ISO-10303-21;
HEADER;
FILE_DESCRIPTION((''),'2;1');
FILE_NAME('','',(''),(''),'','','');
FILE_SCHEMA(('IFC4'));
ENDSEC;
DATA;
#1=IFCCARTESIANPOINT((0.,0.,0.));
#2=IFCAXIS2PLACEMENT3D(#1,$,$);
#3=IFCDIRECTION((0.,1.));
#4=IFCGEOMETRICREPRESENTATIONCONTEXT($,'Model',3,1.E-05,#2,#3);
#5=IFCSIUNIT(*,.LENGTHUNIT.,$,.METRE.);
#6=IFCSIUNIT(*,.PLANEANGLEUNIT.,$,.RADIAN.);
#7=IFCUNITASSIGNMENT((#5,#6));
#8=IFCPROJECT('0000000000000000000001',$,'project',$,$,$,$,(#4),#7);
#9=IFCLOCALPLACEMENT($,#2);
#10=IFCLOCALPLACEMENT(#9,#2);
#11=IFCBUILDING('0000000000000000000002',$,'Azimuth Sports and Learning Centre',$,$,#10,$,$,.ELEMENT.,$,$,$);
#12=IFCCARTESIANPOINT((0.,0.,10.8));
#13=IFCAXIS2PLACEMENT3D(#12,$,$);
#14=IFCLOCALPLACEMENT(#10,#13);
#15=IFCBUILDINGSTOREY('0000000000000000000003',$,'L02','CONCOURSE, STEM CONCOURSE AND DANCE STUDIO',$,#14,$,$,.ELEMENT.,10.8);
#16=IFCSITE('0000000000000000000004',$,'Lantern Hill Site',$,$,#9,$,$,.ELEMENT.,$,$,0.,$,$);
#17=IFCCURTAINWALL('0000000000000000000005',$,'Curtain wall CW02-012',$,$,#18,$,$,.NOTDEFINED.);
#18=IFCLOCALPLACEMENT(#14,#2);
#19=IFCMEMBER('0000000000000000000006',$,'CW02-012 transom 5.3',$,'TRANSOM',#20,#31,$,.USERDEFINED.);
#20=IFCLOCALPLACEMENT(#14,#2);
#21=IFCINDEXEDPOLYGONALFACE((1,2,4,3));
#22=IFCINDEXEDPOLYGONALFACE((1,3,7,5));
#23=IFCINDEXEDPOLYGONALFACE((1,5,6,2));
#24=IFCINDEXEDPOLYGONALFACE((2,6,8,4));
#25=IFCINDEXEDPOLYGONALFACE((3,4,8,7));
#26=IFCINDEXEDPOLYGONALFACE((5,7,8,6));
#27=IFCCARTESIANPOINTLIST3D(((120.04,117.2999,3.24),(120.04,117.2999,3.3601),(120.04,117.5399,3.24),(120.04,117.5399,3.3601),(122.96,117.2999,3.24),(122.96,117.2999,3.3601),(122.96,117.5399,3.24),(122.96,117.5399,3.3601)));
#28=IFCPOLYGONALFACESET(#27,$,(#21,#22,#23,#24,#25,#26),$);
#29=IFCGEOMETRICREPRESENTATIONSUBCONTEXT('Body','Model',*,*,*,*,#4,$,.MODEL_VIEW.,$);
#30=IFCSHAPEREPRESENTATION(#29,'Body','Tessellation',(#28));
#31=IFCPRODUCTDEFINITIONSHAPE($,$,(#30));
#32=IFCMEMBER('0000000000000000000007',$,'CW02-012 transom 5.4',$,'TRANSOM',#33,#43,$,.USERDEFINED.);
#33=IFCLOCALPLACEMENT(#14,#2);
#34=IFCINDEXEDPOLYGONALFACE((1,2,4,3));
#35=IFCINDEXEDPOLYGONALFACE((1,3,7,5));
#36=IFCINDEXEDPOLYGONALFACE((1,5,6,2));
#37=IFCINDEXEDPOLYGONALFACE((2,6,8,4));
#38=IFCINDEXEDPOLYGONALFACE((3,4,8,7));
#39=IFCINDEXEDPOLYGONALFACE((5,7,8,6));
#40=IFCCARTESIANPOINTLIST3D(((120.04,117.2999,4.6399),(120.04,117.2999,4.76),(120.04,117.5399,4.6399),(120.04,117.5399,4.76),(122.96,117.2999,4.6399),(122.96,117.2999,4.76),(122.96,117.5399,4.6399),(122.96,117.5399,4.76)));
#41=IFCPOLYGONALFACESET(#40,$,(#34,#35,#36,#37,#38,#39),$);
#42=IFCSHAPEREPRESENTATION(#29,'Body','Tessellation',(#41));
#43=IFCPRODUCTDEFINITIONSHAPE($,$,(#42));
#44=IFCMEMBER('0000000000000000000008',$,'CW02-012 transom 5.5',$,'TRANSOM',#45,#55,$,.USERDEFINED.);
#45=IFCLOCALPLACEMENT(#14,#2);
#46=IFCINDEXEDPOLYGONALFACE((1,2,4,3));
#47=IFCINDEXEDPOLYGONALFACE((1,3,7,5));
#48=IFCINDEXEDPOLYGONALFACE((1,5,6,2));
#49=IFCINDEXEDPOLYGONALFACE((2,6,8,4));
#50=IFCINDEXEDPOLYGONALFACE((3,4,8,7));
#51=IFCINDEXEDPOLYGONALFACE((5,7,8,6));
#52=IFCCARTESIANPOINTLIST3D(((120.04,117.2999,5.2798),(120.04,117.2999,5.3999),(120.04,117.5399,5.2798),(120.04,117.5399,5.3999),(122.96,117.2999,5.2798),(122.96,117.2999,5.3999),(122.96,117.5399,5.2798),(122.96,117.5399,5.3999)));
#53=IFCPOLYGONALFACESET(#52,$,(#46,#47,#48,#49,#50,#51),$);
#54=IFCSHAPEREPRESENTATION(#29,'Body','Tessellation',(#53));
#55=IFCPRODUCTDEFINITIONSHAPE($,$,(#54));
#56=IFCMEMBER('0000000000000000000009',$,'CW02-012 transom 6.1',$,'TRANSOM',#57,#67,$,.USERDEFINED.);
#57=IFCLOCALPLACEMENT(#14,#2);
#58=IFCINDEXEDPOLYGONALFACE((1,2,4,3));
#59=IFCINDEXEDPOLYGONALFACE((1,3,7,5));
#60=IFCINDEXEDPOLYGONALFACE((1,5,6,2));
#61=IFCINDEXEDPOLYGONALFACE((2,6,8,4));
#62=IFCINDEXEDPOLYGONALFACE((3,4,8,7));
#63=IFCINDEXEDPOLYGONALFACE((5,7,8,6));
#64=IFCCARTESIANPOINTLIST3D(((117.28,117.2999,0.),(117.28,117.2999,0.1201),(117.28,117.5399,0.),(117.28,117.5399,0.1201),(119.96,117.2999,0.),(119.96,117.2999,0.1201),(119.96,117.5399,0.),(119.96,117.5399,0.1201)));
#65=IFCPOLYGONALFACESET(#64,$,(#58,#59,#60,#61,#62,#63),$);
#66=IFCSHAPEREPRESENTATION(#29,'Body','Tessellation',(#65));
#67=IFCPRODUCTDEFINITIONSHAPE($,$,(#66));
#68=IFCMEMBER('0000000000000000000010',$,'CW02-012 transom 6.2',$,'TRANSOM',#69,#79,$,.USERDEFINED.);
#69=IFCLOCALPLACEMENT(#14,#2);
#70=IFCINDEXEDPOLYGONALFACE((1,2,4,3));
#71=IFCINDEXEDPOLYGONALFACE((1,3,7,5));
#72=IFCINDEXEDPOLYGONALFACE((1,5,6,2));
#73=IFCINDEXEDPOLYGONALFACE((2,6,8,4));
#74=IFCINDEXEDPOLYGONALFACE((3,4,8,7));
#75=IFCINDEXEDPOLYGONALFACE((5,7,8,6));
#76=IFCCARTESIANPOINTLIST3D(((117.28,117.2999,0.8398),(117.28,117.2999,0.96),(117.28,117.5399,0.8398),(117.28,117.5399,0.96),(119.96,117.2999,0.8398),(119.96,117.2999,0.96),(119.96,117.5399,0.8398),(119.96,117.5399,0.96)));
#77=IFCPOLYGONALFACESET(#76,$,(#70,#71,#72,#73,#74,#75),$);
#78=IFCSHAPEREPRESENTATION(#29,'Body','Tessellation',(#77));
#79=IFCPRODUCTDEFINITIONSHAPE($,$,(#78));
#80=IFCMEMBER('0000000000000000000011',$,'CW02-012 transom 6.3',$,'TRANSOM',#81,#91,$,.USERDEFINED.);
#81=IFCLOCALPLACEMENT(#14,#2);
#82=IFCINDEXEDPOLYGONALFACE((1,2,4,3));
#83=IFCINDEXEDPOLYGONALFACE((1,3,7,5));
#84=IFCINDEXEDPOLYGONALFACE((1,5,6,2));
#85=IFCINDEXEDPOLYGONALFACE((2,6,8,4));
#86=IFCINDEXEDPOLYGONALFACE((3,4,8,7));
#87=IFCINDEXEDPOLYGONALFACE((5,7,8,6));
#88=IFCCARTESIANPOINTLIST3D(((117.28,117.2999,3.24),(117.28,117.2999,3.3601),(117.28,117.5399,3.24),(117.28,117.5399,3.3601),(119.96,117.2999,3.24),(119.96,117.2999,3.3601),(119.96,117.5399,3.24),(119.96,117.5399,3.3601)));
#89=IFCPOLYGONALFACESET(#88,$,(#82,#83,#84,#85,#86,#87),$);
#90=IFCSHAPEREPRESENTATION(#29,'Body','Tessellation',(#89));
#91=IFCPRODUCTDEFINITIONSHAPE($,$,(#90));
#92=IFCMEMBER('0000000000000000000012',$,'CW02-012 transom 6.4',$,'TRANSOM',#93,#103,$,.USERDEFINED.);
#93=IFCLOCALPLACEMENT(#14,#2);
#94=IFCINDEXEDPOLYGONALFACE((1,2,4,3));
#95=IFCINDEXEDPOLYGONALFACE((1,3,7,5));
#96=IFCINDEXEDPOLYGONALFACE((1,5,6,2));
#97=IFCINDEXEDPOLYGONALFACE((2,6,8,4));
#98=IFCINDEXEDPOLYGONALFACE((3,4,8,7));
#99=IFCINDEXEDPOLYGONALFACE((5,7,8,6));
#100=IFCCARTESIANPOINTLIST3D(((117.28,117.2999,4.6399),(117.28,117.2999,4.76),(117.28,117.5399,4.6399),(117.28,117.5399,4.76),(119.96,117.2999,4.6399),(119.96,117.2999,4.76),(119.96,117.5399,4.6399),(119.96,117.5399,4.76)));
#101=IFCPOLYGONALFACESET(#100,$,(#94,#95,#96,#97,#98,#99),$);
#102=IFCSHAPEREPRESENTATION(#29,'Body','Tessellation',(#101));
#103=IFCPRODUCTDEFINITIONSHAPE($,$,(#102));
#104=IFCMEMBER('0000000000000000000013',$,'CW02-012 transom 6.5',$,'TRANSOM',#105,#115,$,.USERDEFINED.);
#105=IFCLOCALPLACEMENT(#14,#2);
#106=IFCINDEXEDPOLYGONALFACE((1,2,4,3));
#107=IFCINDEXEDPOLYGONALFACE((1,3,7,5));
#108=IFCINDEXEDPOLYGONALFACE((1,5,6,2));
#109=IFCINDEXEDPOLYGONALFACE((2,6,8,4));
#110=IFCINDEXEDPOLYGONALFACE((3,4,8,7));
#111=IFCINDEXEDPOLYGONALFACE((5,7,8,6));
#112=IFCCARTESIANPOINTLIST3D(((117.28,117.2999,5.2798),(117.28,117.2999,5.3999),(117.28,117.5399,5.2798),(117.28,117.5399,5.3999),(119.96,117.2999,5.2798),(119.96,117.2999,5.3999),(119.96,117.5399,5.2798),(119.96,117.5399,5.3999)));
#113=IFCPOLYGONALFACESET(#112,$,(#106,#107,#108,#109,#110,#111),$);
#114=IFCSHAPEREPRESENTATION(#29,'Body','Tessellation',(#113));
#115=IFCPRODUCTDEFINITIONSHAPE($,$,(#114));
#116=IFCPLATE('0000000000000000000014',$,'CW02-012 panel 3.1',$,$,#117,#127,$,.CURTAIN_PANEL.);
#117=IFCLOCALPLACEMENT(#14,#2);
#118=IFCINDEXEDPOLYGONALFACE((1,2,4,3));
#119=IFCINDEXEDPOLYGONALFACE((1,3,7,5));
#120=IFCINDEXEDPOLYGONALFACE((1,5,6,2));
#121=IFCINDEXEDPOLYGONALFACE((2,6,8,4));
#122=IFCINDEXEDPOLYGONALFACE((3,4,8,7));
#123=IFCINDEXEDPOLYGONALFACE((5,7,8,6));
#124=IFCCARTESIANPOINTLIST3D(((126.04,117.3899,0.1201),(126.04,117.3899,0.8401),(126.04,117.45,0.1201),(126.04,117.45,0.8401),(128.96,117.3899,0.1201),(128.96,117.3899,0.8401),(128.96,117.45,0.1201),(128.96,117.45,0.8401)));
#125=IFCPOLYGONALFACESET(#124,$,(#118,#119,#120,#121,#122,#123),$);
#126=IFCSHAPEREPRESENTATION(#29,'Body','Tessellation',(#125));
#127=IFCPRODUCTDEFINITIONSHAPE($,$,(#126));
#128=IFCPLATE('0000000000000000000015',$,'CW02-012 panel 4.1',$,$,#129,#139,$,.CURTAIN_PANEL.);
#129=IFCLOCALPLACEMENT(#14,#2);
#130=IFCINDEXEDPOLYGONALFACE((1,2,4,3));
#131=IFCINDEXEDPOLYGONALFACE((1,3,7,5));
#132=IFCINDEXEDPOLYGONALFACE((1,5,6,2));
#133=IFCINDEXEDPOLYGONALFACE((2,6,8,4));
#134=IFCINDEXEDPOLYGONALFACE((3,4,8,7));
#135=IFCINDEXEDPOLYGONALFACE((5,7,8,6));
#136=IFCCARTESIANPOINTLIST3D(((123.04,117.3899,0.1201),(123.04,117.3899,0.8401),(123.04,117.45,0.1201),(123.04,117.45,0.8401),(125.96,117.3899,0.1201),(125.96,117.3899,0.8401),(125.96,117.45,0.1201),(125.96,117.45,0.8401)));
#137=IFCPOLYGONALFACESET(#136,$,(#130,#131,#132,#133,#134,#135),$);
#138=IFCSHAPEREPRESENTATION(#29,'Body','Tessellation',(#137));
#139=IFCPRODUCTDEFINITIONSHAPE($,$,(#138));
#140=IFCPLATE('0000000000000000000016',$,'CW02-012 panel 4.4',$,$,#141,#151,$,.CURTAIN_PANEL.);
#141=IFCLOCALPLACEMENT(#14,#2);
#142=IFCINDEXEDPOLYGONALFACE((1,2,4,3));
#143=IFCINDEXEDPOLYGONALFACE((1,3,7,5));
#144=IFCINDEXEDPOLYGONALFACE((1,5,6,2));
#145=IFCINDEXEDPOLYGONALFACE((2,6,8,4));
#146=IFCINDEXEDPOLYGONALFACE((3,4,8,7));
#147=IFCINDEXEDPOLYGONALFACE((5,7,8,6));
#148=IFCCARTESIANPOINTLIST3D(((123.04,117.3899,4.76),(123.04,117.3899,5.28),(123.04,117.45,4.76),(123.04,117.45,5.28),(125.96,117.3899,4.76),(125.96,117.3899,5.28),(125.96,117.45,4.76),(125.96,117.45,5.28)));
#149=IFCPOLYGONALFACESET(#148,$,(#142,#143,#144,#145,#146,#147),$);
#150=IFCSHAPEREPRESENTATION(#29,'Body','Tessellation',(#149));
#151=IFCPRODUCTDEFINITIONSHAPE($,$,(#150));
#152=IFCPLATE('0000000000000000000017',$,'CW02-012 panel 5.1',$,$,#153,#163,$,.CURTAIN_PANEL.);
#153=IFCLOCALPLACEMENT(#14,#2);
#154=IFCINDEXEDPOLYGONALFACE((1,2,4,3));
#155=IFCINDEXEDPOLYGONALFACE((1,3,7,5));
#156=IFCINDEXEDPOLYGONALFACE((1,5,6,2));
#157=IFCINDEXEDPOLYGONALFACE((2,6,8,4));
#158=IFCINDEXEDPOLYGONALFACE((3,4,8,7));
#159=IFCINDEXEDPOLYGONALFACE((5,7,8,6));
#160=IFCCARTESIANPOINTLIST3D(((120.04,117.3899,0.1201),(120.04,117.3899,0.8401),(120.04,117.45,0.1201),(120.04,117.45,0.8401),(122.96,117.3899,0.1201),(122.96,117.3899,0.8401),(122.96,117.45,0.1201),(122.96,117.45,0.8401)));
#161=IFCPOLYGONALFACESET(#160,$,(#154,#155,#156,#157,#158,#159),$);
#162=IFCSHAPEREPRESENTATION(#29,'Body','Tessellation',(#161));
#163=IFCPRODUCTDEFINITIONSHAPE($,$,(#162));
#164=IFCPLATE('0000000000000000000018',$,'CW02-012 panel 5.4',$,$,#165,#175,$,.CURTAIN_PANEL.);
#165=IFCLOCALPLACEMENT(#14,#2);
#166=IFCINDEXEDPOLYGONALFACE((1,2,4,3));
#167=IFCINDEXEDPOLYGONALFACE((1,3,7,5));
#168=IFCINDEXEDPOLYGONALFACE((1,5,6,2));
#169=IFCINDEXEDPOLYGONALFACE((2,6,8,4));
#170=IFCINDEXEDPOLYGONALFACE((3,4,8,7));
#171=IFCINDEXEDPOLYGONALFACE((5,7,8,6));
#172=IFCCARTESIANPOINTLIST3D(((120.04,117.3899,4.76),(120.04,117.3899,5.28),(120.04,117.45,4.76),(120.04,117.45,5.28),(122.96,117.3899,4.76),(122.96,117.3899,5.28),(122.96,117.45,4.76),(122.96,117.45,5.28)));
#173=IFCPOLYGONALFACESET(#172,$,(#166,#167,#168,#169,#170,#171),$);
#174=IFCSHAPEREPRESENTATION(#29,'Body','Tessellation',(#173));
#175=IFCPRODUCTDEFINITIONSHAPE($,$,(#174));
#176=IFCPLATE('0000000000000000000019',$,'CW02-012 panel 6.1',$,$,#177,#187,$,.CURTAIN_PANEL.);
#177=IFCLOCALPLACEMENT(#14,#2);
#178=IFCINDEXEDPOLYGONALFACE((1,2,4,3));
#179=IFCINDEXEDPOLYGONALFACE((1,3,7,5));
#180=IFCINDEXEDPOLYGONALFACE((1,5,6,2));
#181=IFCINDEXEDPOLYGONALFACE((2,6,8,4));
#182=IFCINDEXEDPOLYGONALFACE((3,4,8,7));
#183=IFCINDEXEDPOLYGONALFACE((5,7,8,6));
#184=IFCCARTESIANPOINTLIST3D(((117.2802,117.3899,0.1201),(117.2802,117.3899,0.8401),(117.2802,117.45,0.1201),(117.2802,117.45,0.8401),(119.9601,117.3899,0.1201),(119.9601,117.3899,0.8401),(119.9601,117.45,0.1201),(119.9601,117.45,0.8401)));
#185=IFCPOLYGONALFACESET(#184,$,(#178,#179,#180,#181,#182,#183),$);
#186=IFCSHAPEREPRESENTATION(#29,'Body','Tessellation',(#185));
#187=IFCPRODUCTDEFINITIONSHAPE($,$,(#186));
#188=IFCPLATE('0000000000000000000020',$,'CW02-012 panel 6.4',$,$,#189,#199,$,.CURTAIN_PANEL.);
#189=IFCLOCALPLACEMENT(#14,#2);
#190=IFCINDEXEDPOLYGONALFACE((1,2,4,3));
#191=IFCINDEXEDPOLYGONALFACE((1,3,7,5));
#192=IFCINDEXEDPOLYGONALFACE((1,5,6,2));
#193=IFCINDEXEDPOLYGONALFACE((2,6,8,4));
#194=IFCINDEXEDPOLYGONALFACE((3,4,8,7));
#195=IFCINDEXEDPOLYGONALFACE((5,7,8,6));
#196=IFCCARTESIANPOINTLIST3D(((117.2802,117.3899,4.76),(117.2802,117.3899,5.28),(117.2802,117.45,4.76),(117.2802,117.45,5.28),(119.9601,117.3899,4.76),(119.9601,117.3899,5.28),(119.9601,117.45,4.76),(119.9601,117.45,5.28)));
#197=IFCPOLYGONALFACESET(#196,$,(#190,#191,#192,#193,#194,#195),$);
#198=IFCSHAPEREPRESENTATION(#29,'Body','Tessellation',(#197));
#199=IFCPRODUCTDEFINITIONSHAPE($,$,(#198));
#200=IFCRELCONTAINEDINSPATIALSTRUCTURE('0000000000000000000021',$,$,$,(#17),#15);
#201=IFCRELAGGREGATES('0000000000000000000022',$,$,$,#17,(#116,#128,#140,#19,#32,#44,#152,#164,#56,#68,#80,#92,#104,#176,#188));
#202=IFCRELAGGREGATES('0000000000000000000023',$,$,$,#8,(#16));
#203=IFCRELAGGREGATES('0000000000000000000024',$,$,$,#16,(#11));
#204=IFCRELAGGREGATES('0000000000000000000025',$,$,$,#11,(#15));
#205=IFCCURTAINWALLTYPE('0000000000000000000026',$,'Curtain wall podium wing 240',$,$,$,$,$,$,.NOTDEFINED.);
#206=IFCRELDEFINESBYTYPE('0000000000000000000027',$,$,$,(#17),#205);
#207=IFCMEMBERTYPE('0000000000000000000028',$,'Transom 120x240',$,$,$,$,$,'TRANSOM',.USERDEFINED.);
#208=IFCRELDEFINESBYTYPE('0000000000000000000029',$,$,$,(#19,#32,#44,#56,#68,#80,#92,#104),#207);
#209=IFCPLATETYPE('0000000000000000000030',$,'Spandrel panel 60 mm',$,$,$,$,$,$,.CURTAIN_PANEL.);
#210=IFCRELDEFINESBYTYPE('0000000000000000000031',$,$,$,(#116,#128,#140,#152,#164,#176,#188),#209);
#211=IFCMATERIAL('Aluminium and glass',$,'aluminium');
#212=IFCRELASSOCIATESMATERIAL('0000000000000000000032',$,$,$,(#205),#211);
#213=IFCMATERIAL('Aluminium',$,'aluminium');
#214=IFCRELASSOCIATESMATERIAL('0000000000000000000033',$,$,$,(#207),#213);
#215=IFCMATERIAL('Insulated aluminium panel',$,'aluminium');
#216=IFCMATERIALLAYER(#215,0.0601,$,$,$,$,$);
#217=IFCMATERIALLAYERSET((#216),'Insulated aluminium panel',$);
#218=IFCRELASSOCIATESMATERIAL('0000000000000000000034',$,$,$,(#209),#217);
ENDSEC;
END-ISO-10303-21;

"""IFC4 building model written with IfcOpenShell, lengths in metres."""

from ifc_helpers import new_model, si_unit, direction, frame, origin, origin_2d, place, context, subcontext, project, spatial, rectangle, extrude, material, layer, layer_set, material_profile, profile_set, type_object, element, aggregate, save


model = new_model("IFC4")

# Units and contexts
model_context = context("Model", 3, precision=1e-05, world=origin(), true_north=direction((0.0, 1.0)))
body_context = subcontext(model_context, "Body", "Model", "MODEL_VIEW")
ifc_project = project(units=[si_unit("LENGTHUNIT", "METRE"), si_unit("PLANEANGLEUNIT", "RADIAN")], contexts=[model_context])

# Site, building, storey
site_placement = place(None, origin())
site = spatial("IfcSite", under=ifc_project, at=site_placement, Name="Lantern Hill Site", CompositionType="ELEMENT", RefElevation=0.0)
building_placement = place(site_placement, origin())
building = spatial("IfcBuilding", under=site, at=building_placement, Name="Azimuth Sports and Learning Centre", CompositionType="ELEMENT")
storey_placement = place(building_placement, frame((0.0, 0.0, 10.8)))
storey = spatial("IfcBuildingStorey", under=building, at=storey_placement, Name="L02", Description="CONCOURSE, STEM CONCOURSE AND DANCE STUDIO", CompositionType="ELEMENT", Elevation=10.8)

# Curtain wall, members, plates
ifc_material_1 = material(Name="Aluminium and glass", Category="aluminium")
curtain_wall_type = type_object("IfcCurtainWallType", Name="Curtain wall podium wing 240", PredefinedType="NOTDEFINED", material=ifc_material_1)
curtain_wall_placement = place(storey_placement, origin())
curtain_wall = element("IfcCurtainWall", 1, at=curtain_wall_placement, inside=storey, type_object=curtain_wall_type, Name="Curtain wall CW02-012", PredefinedType="NOTDEFINED")
ifc_material_2 = material(Name="Aluminium", Category="aluminium")
ifc_material_profile_1 = material_profile(ifc_material_2, rectangle(XDim=0.24, YDim=0.1201, at=origin_2d()), Name="Transom 120x240")
ifc_profile_set_1 = profile_set([ifc_material_profile_1], Name="Aluminium")
member_type_1 = type_object("IfcMemberType", Name="Transom 120x240", ElementType="TRANSOM", PredefinedType="USERDEFINED", material=ifc_profile_set_1)
member_1_placement = place(storey_placement, frame((122.96, 117.4199, 3.3), z_axis=(-1.0, 0.0, 0.0), x_axis=(0.0, -1.0, 0.0)))
member_1 = element("IfcMember", 2, at=member_1_placement, type_object=member_type_1, Name="CW02-012 transom 5.3", ObjectType="TRANSOM", PredefinedType="USERDEFINED", context=body_context, shape_type="SweptSolid", body=[
    extrude(rectangle(XDim=0.24, YDim=0.1201, at=origin_2d()), origin(), (0.0, 0.0, 1.0), 2.9199),
])
member_2_placement = place(storey_placement, frame((122.96, 117.4199, 4.7), z_axis=(-1.0, 0.0, 0.0), x_axis=(0.0, -1.0, 0.0)))
member_2 = element("IfcMember", 3, at=member_2_placement, type_object=member_type_1, Name="CW02-012 transom 5.4", ObjectType="TRANSOM", PredefinedType="USERDEFINED", context=body_context, shape_type="SweptSolid", body=[
    extrude(rectangle(XDim=0.24, YDim=0.1201, at=origin_2d()), origin(), (0.0, 0.0, 1.0), 2.9199),
])
member_3_placement = place(storey_placement, frame((122.96, 117.4199, 5.3398), z_axis=(-1.0, 0.0, 0.0), x_axis=(0.0, -1.0, 0.0)))
member_3 = element("IfcMember", 4, at=member_3_placement, type_object=member_type_1, Name="CW02-012 transom 5.5", ObjectType="TRANSOM", PredefinedType="USERDEFINED", context=body_context, shape_type="SweptSolid", body=[
    extrude(rectangle(XDim=0.24, YDim=0.1201, at=origin_2d()), origin(), (0.0, 0.0, 1.0), 2.9199),
])
member_4_placement = place(storey_placement, frame((119.96, 117.4199, 0.0601), z_axis=(-1.0, 0.0, 0.0), x_axis=(0.0, -1.0, 0.0)))
member_4 = element("IfcMember", 5, at=member_4_placement, type_object=member_type_1, Name="CW02-012 transom 6.1", ObjectType="TRANSOM", PredefinedType="USERDEFINED", context=body_context, shape_type="SweptSolid", body=[
    extrude(rectangle(XDim=0.24, YDim=0.1201, at=origin_2d()), origin(), (0.0, 0.0, 1.0), 2.6799),
])
member_5_placement = place(storey_placement, frame((119.96, 117.4199, 0.8999), z_axis=(-1.0, 0.0, 0.0), x_axis=(0.0, -1.0, 0.0)))
member_5 = element("IfcMember", 6, at=member_5_placement, type_object=member_type_1, Name="CW02-012 transom 6.2", ObjectType="TRANSOM", PredefinedType="USERDEFINED", context=body_context, shape_type="SweptSolid", body=[
    extrude(rectangle(XDim=0.24, YDim=0.1201, at=origin_2d()), origin(), (0.0, 0.0, 1.0), 2.6799),
])
member_6_placement = place(storey_placement, frame((119.96, 117.4199, 3.3), z_axis=(-1.0, 0.0, 0.0), x_axis=(0.0, -1.0, 0.0)))
member_6 = element("IfcMember", 7, at=member_6_placement, type_object=member_type_1, Name="CW02-012 transom 6.3", ObjectType="TRANSOM", PredefinedType="USERDEFINED", context=body_context, shape_type="SweptSolid", body=[
    extrude(rectangle(XDim=0.24, YDim=0.1201, at=origin_2d()), origin(), (0.0, 0.0, 1.0), 2.6799),
])
member_7_placement = place(storey_placement, frame((119.96, 117.4199, 4.7), z_axis=(-1.0, 0.0, 0.0), x_axis=(0.0, -1.0, 0.0)))
member_7 = element("IfcMember", 8, at=member_7_placement, type_object=member_type_1, Name="CW02-012 transom 6.4", ObjectType="TRANSOM", PredefinedType="USERDEFINED", context=body_context, shape_type="SweptSolid", body=[
    extrude(rectangle(XDim=0.24, YDim=0.1201, at=origin_2d()), origin(), (0.0, 0.0, 1.0), 2.6799),
])
member_8_placement = place(storey_placement, frame((119.96, 117.4199, 5.3398), z_axis=(-1.0, 0.0, 0.0), x_axis=(0.0, -1.0, 0.0)))
member_8 = element("IfcMember", 9, at=member_8_placement, type_object=member_type_1, Name="CW02-012 transom 6.5", ObjectType="TRANSOM", PredefinedType="USERDEFINED", context=body_context, shape_type="SweptSolid", body=[
    extrude(rectangle(XDim=0.24, YDim=0.1201, at=origin_2d()), origin(), (0.0, 0.0, 1.0), 2.6799),
])
ifc_material_3 = material(Name="Insulated aluminium panel", Category="aluminium")
ifc_layer_1 = layer(ifc_material_3, 0.0601)
ifc_layer_set_1 = layer_set([ifc_layer_1], Name="Insulated aluminium panel")
plate_type_1 = type_object("IfcPlateType", Name="Spandrel panel 60 mm", PredefinedType="CURTAIN_PANEL", material=ifc_layer_set_1)
plate_1_placement = place(storey_placement, frame((127.5, 117.4199, 0.1201), z_axis=(0.0, 0.0, 1.0), x_axis=(-1.0, 0.0, 0.0)))
plate_1 = element("IfcPlate", 10, at=plate_1_placement, type_object=plate_type_1, Name="CW02-012 panel 3.1", PredefinedType="CURTAIN_PANEL", context=body_context, shape_type="SweptSolid", body=[
    extrude(rectangle(XDim=2.9199, YDim=0.0601, at=origin_2d()), origin(), (0.0, 0.0, 1.0), 0.72),
])
plate_2_placement = place(storey_placement, frame((124.5, 117.4199, 0.1201), z_axis=(0.0, 0.0, 1.0), x_axis=(-1.0, 0.0, 0.0)))
plate_2 = element("IfcPlate", 11, at=plate_2_placement, type_object=plate_type_1, Name="CW02-012 panel 4.1", PredefinedType="CURTAIN_PANEL", context=body_context, shape_type="SweptSolid", body=[
    extrude(rectangle(XDim=2.9199, YDim=0.0601, at=origin_2d()), origin(), (0.0, 0.0, 1.0), 0.72),
])
plate_3_placement = place(storey_placement, frame((124.5, 117.4199, 4.76), z_axis=(0.0, 0.0, 1.0), x_axis=(-1.0, 0.0, 0.0)))
plate_3 = element("IfcPlate", 12, at=plate_3_placement, type_object=plate_type_1, Name="CW02-012 panel 4.4", PredefinedType="CURTAIN_PANEL", context=body_context, shape_type="SweptSolid", body=[
    extrude(rectangle(XDim=2.9199, YDim=0.0601, at=origin_2d()), origin(), (0.0, 0.0, 1.0), 0.52),
])
plate_4_placement = place(storey_placement, frame((121.5, 117.4199, 0.1201), z_axis=(0.0, 0.0, 1.0), x_axis=(-1.0, 0.0, 0.0)))
plate_4 = element("IfcPlate", 13, at=plate_4_placement, type_object=plate_type_1, Name="CW02-012 panel 5.1", PredefinedType="CURTAIN_PANEL", context=body_context, shape_type="SweptSolid", body=[
    extrude(rectangle(XDim=2.9199, YDim=0.0601, at=origin_2d()), origin(), (0.0, 0.0, 1.0), 0.72),
])
plate_5_placement = place(storey_placement, frame((121.5, 117.4199, 4.76), z_axis=(0.0, 0.0, 1.0), x_axis=(-1.0, 0.0, 0.0)))
plate_5 = element("IfcPlate", 14, at=plate_5_placement, type_object=plate_type_1, Name="CW02-012 panel 5.4", PredefinedType="CURTAIN_PANEL", context=body_context, shape_type="SweptSolid", body=[
    extrude(rectangle(XDim=2.9199, YDim=0.0601, at=origin_2d()), origin(), (0.0, 0.0, 1.0), 0.52),
])
plate_6_placement = place(storey_placement, frame((118.6201, 117.4199, 0.1201), z_axis=(0.0, 0.0, 1.0), x_axis=(-1.0, 0.0, 0.0)))
plate_6 = element("IfcPlate", 15, at=plate_6_placement, type_object=plate_type_1, Name="CW02-012 panel 6.1", PredefinedType="CURTAIN_PANEL", context=body_context, shape_type="SweptSolid", body=[
    extrude(rectangle(XDim=2.6799, YDim=0.0601, at=origin_2d()), origin(), (0.0, 0.0, 1.0), 0.72),
])
plate_7_placement = place(storey_placement, frame((118.6201, 117.4199, 4.76), z_axis=(0.0, 0.0, 1.0), x_axis=(-1.0, 0.0, 0.0)))
plate_7 = element("IfcPlate", 16, at=plate_7_placement, type_object=plate_type_1, Name="CW02-012 panel 6.4", PredefinedType="CURTAIN_PANEL", context=body_context, shape_type="SweptSolid", body=[
    extrude(rectangle(XDim=2.6799, YDim=0.0601, at=origin_2d()), origin(), (0.0, 0.0, 1.0), 0.52),
])
aggregate(curtain_wall, [plate_1, plate_2, plate_3, member_1, member_2, member_3, plate_4, plate_5, member_4, member_5, member_6, member_7, member_8, plate_6, plate_7])

save(model, "model.ifc")
